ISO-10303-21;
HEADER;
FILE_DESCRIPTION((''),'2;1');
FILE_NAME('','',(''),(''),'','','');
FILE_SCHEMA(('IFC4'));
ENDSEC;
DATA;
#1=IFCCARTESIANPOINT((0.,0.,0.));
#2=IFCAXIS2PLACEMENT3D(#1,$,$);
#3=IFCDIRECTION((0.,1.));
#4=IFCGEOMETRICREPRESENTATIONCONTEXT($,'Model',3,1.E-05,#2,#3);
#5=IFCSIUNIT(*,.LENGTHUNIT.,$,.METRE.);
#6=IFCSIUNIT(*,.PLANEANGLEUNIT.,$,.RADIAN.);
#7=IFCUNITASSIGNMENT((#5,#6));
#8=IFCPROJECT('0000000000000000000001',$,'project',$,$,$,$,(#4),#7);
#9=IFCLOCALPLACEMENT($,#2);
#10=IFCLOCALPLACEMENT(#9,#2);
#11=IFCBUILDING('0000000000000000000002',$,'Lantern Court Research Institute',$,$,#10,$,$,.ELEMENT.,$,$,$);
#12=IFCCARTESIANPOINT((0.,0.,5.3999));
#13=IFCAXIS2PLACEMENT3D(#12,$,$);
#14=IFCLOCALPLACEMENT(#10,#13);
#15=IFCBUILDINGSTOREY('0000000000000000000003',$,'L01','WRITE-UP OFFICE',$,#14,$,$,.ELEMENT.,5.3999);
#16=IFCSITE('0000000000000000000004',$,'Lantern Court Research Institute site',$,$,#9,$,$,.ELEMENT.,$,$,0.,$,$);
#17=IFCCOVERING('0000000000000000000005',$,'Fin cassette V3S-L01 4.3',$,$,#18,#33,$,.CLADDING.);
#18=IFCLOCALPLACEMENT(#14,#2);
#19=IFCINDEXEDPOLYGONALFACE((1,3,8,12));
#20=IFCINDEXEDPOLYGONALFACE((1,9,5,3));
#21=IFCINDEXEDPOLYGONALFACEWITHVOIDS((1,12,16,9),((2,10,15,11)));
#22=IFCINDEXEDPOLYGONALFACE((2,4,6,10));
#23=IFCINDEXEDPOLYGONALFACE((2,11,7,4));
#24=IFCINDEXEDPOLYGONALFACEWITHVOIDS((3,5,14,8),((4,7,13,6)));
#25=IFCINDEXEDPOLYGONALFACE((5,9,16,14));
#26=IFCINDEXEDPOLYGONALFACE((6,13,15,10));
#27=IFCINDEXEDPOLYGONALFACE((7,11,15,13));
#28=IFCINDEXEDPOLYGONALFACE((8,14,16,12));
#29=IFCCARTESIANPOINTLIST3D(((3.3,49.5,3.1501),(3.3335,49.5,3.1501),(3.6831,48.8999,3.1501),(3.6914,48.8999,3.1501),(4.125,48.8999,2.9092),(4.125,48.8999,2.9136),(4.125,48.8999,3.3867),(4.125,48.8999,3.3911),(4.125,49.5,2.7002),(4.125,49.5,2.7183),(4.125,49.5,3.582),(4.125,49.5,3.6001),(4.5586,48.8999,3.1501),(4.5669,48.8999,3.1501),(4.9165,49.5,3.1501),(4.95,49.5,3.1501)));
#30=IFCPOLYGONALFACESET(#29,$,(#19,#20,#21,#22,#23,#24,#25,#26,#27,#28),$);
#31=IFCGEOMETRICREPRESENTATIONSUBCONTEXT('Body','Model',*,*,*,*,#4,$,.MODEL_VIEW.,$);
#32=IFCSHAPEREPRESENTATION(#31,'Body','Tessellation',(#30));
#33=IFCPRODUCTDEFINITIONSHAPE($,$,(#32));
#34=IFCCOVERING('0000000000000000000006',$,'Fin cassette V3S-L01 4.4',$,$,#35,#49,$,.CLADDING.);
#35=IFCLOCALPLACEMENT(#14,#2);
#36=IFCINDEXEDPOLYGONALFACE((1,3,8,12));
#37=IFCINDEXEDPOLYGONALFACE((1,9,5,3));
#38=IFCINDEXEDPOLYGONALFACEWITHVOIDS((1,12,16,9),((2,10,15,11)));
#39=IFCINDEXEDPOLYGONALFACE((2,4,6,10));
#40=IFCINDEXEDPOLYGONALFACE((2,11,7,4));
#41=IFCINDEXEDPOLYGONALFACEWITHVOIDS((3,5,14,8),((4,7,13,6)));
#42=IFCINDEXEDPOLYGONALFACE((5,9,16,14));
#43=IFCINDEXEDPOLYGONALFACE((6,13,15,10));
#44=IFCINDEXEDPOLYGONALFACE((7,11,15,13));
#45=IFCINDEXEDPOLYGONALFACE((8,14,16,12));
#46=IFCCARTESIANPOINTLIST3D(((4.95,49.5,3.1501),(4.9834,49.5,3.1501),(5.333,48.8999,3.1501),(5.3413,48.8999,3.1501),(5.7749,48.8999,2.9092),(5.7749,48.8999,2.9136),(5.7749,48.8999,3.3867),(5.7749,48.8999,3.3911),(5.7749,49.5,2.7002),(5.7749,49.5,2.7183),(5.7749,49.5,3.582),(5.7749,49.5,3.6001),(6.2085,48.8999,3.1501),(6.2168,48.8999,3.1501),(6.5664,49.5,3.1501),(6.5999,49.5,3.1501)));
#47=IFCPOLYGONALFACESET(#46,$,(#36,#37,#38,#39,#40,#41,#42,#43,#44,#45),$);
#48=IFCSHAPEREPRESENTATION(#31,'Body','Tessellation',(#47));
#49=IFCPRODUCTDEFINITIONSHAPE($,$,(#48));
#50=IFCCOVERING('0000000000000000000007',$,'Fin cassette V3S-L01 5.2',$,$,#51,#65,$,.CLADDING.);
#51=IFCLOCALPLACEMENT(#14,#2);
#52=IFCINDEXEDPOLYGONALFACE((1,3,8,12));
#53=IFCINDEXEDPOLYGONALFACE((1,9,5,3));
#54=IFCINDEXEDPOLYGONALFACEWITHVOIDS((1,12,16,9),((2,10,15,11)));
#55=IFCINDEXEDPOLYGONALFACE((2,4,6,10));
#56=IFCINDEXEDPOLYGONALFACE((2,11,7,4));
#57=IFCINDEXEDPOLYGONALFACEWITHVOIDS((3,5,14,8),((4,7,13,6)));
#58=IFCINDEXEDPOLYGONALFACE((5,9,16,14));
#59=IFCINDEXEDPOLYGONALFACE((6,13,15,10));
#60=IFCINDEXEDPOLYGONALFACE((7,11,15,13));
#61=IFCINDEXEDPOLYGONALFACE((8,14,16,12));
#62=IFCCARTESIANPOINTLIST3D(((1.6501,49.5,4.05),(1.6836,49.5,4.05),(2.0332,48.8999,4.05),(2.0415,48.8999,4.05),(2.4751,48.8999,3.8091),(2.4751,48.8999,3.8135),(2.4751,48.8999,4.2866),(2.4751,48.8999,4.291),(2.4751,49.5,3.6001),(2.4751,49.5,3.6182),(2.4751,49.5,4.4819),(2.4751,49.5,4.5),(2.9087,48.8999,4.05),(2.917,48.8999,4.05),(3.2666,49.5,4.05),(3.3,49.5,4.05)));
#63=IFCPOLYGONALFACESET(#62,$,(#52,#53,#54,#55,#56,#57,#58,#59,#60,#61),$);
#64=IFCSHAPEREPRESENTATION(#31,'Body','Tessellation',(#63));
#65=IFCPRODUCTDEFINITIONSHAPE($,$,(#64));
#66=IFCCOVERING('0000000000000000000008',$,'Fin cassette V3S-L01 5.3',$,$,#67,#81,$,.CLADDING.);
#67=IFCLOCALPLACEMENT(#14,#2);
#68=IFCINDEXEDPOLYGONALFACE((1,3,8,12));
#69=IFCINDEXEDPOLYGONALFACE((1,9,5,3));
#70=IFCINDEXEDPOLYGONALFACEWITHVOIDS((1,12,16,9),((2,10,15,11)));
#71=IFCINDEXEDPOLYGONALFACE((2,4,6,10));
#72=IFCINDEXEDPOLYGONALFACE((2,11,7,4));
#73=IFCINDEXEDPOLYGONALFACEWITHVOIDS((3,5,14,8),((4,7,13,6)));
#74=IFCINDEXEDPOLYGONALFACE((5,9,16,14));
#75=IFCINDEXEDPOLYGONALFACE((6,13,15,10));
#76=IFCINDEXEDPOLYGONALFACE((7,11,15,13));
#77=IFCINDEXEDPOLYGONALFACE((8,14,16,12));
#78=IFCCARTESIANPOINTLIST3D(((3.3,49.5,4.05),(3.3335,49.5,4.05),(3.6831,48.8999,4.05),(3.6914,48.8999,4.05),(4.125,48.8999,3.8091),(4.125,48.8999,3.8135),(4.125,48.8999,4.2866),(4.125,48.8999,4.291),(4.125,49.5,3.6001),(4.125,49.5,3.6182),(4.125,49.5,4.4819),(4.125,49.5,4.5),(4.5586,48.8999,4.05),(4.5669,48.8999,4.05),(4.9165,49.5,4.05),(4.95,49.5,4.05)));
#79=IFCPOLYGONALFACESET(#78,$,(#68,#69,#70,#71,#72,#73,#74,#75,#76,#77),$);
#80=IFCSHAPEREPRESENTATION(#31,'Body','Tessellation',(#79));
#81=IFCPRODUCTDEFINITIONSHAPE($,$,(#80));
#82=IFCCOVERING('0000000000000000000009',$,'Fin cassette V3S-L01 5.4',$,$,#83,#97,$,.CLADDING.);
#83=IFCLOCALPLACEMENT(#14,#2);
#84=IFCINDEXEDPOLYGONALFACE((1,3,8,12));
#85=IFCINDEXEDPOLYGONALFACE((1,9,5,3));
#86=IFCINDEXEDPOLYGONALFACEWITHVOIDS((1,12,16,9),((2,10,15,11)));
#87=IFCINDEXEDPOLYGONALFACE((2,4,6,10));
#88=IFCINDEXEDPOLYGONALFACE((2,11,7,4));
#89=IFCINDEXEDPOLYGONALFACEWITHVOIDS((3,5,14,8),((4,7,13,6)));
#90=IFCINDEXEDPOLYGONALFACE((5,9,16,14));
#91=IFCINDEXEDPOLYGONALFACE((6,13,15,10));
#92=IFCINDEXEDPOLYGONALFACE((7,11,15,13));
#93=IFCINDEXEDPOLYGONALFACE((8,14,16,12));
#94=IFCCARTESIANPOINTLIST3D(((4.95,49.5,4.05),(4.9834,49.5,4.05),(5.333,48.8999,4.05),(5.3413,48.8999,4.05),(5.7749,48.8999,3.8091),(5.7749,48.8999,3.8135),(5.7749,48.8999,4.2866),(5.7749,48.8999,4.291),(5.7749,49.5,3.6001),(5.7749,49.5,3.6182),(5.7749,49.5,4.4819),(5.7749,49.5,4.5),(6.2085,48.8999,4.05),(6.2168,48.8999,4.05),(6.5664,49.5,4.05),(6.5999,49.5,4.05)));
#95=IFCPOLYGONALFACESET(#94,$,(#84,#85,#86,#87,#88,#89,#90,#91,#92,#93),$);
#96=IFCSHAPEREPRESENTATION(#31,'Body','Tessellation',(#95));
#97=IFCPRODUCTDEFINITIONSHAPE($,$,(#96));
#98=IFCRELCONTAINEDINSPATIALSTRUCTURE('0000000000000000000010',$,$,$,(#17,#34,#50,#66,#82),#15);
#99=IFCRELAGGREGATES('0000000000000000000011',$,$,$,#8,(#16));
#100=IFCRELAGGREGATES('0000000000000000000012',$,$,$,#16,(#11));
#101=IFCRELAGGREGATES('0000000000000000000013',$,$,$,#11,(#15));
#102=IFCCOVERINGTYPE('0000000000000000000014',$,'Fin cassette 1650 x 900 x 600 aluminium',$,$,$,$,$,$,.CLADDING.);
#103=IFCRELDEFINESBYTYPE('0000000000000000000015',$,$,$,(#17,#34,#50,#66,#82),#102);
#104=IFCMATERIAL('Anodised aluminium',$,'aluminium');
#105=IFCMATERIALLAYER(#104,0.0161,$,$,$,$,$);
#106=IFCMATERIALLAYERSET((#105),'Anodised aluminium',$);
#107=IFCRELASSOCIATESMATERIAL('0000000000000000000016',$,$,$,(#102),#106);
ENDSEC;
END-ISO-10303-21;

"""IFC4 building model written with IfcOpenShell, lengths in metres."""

from ifc_helpers import new_model, entity, si_unit, direction, frame, origin, place, context, subcontext, project, spatial, material, layer, layer_set, type_object, element, save


model = new_model("IFC4")

# Units and contexts
model_context = context("Model", 3, precision=1e-05, world=origin(), true_north=direction((0.0, 1.0)))
body_context = subcontext(model_context, "Body", "Model", "MODEL_VIEW")
ifc_project = project(units=[si_unit("LENGTHUNIT", "METRE"), si_unit("PLANEANGLEUNIT", "RADIAN")], contexts=[model_context])

# Site, building, storey
site_placement = place(None, origin())
site = spatial("IfcSite", under=ifc_project, at=site_placement, Name="Lantern Court Research Institute site", CompositionType="ELEMENT", RefElevation=0.0)
building_placement = place(site_placement, origin())
building = spatial("IfcBuilding", under=site, at=building_placement, Name="Lantern Court Research Institute", CompositionType="ELEMENT")
storey_placement = place(building_placement, frame((0.0, 0.0, 5.3999)))
storey = spatial("IfcBuildingStorey", under=building, at=storey_placement, Name="L01", Description="WRITE-UP OFFICE", CompositionType="ELEMENT", Elevation=5.3999)

# Coverings
ifc_material_1 = material(Name="Anodised aluminium", Category="aluminium")
ifc_layer_1 = layer(ifc_material_1, 0.0161)
ifc_layer_set_1 = layer_set([ifc_layer_1], Name="Anodised aluminium")
covering_type = type_object("IfcCoveringType", Name="Fin cassette 1650 x 900 x 600 aluminium", PredefinedType="CLADDING", material=ifc_layer_set_1)
covering_1_placement = place(storey_placement, frame((4.125, 49.5, 3.1501), z_axis=(0.0, -1.0, 0.0), x_axis=(1.0, 0.0, 0.0)))
cartesian_point_1 = entity("IfcCartesianPoint", [0.825, 0.0])
cartesian_point_2 = entity("IfcCartesianPoint", [0.7915, 0.0])
cartesian_point_3 = entity("IfcCartesianPoint", [0.4419, 0.0])
cartesian_point_4 = entity("IfcCartesianPoint", [0.4336, 0.0])
element("IfcCovering", 1, at=covering_1_placement, inside=storey, type_object=covering_type, Name="Fin cassette V3S-L01 4.3", PredefinedType="CLADDING", context=body_context, shape_type="SweptSolid", body=[
    entity("IfcExtrudedAreaSolidTapered", entity("IfcArbitraryProfileDefWithVoids", "AREA", None, entity("IfcPolyline", [cartesian_point_1, entity("IfcCartesianPoint", [0.0, 0.45]), entity("IfcCartesianPoint", [-0.825, 0.0]), entity("IfcCartesianPoint", [0.0, -0.45]), cartesian_point_1]), [entity("IfcPolyline", [cartesian_point_2, entity("IfcCartesianPoint", [0.0, 0.4319]), entity("IfcCartesianPoint", [-0.7915, 0.0]), entity("IfcCartesianPoint", [0.0, -0.4319]), cartesian_point_2])]), entity("IfcAxis2Placement3D", entity("IfcCartesianPoint", [0.0, 0.0, 0.0])), entity("IfcDirection", [0.0, 0.0, 1.0]), 0.6001, entity("IfcArbitraryProfileDefWithVoids", "AREA", None, entity("IfcPolyline", [cartesian_point_3, entity("IfcCartesianPoint", [0.0, 0.241]), entity("IfcCartesianPoint", [-0.4419, 0.0]), entity("IfcCartesianPoint", [0.0, -0.241]), cartesian_point_3]), [entity("IfcPolyline", [cartesian_point_4, entity("IfcCartesianPoint", [0.0, 0.2366]), entity("IfcCartesianPoint", [-0.4336, 0.0]), entity("IfcCartesianPoint", [0.0, -0.2366]), cartesian_point_4])])),
])
covering_2_placement = place(storey_placement, frame((5.7749, 49.5, 3.1501), z_axis=(0.0, -1.0, 0.0), x_axis=(1.0, 0.0, 0.0)))
cartesian_point_5 = entity("IfcCartesianPoint", [0.825, 0.0])
cartesian_point_6 = entity("IfcCartesianPoint", [0.7915, 0.0])
cartesian_point_7 = entity("IfcCartesianPoint", [0.4419, 0.0])
cartesian_point_8 = entity("IfcCartesianPoint", [0.4336, 0.0])
element("IfcCovering", 2, at=covering_2_placement, inside=storey, type_object=covering_type, Name="Fin cassette V3S-L01 4.4", PredefinedType="CLADDING", context=body_context, shape_type="SweptSolid", body=[
    entity("IfcExtrudedAreaSolidTapered", entity("IfcArbitraryProfileDefWithVoids", "AREA", None, entity("IfcPolyline", [cartesian_point_5, entity("IfcCartesianPoint", [0.0, 0.45]), entity("IfcCartesianPoint", [-0.825, 0.0]), entity("IfcCartesianPoint", [0.0, -0.45]), cartesian_point_5]), [entity("IfcPolyline", [cartesian_point_6, entity("IfcCartesianPoint", [0.0, 0.4319]), entity("IfcCartesianPoint", [-0.7915, 0.0]), entity("IfcCartesianPoint", [0.0, -0.4319]), cartesian_point_6])]), entity("IfcAxis2Placement3D", entity("IfcCartesianPoint", [0.0, 0.0, 0.0])), entity("IfcDirection", [0.0, 0.0, 1.0]), 0.6001, entity("IfcArbitraryProfileDefWithVoids", "AREA", None, entity("IfcPolyline", [cartesian_point_7, entity("IfcCartesianPoint", [0.0, 0.241]), entity("IfcCartesianPoint", [-0.4419, 0.0]), entity("IfcCartesianPoint", [0.0, -0.241]), cartesian_point_7]), [entity("IfcPolyline", [cartesian_point_8, entity("IfcCartesianPoint", [0.0, 0.2366]), entity("IfcCartesianPoint", [-0.4336, 0.0]), entity("IfcCartesianPoint", [0.0, -0.2366]), cartesian_point_8])])),
])
covering_3_placement = place(storey_placement, frame((2.4751, 49.5, 4.05), z_axis=(0.0, -1.0, 0.0), x_axis=(1.0, 0.0, 0.0)))
cartesian_point_9 = entity("IfcCartesianPoint", [0.825, 0.0])
cartesian_point_10 = entity("IfcCartesianPoint", [0.7915, 0.0])
cartesian_point_11 = entity("IfcCartesianPoint", [0.4419, 0.0])
cartesian_point_12 = entity("IfcCartesianPoint", [0.4336, 0.0])
element("IfcCovering", 3, at=covering_3_placement, inside=storey, type_object=covering_type, Name="Fin cassette V3S-L01 5.2", PredefinedType="CLADDING", context=body_context, shape_type="SweptSolid", body=[
    entity("IfcExtrudedAreaSolidTapered", entity("IfcArbitraryProfileDefWithVoids", "AREA", None, entity("IfcPolyline", [cartesian_point_9, entity("IfcCartesianPoint", [0.0, 0.45]), entity("IfcCartesianPoint", [-0.825, 0.0]), entity("IfcCartesianPoint", [0.0, -0.45]), cartesian_point_9]), [entity("IfcPolyline", [cartesian_point_10, entity("IfcCartesianPoint", [0.0, 0.4319]), entity("IfcCartesianPoint", [-0.7915, 0.0]), entity("IfcCartesianPoint", [0.0, -0.4319]), cartesian_point_10])]), entity("IfcAxis2Placement3D", entity("IfcCartesianPoint", [0.0, 0.0, 0.0])), entity("IfcDirection", [0.0, 0.0, 1.0]), 0.6001, entity("IfcArbitraryProfileDefWithVoids", "AREA", None, entity("IfcPolyline", [cartesian_point_11, entity("IfcCartesianPoint", [0.0, 0.241]), entity("IfcCartesianPoint", [-0.4419, 0.0]), entity("IfcCartesianPoint", [0.0, -0.241]), cartesian_point_11]), [entity("IfcPolyline", [cartesian_point_12, entity("IfcCartesianPoint", [0.0, 0.2366]), entity("IfcCartesianPoint", [-0.4336, 0.0]), entity("IfcCartesianPoint", [0.0, -0.2366]), cartesian_point_12])])),
])
covering_4_placement = place(storey_placement, frame((4.125, 49.5, 4.05), z_axis=(0.0, -1.0, 0.0), x_axis=(1.0, 0.0, 0.0)))
cartesian_point_13 = entity("IfcCartesianPoint", [0.825, 0.0])
cartesian_point_14 = entity("IfcCartesianPoint", [0.7915, 0.0])
cartesian_point_15 = entity("IfcCartesianPoint", [0.4419, 0.0])
cartesian_point_16 = entity("IfcCartesianPoint", [0.4336, 0.0])
element("IfcCovering", 4, at=covering_4_placement, inside=storey, type_object=covering_type, Name="Fin cassette V3S-L01 5.3", PredefinedType="CLADDING", context=body_context, shape_type="SweptSolid", body=[
    entity("IfcExtrudedAreaSolidTapered", entity("IfcArbitraryProfileDefWithVoids", "AREA", None, entity("IfcPolyline", [cartesian_point_13, entity("IfcCartesianPoint", [0.0, 0.45]), entity("IfcCartesianPoint", [-0.825, 0.0]), entity("IfcCartesianPoint", [0.0, -0.45]), cartesian_point_13]), [entity("IfcPolyline", [cartesian_point_14, entity("IfcCartesianPoint", [0.0, 0.4319]), entity("IfcCartesianPoint", [-0.7915, 0.0]), entity("IfcCartesianPoint", [0.0, -0.4319]), cartesian_point_14])]), entity("IfcAxis2Placement3D", entity("IfcCartesianPoint", [0.0, 0.0, 0.0])), entity("IfcDirection", [0.0, 0.0, 1.0]), 0.6001, entity("IfcArbitraryProfileDefWithVoids", "AREA", None, entity("IfcPolyline", [cartesian_point_15, entity("IfcCartesianPoint", [0.0, 0.241]), entity("IfcCartesianPoint", [-0.4419, 0.0]), entity("IfcCartesianPoint", [0.0, -0.241]), cartesian_point_15]), [entity("IfcPolyline", [cartesian_point_16, entity("IfcCartesianPoint", [0.0, 0.2366]), entity("IfcCartesianPoint", [-0.4336, 0.0]), entity("IfcCartesianPoint", [0.0, -0.2366]), cartesian_point_16])])),
])
covering_5_placement = place(storey_placement, frame((5.7749, 49.5, 4.05), z_axis=(0.0, -1.0, 0.0), x_axis=(1.0, 0.0, 0.0)))
cartesian_point_17 = entity("IfcCartesianPoint", [0.825, 0.0])
cartesian_point_18 = entity("IfcCartesianPoint", [0.7915, 0.0])
cartesian_point_19 = entity("IfcCartesianPoint", [0.4419, 0.0])
cartesian_point_20 = entity("IfcCartesianPoint", [0.4336, 0.0])
element("IfcCovering", 5, at=covering_5_placement, inside=storey, type_object=covering_type, Name="Fin cassette V3S-L01 5.4", PredefinedType="CLADDING", context=body_context, shape_type="SweptSolid", body=[
    entity("IfcExtrudedAreaSolidTapered", entity("IfcArbitraryProfileDefWithVoids", "AREA", None, entity("IfcPolyline", [cartesian_point_17, entity("IfcCartesianPoint", [0.0, 0.45]), entity("IfcCartesianPoint", [-0.825, 0.0]), entity("IfcCartesianPoint", [0.0, -0.45]), cartesian_point_17]), [entity("IfcPolyline", [cartesian_point_18, entity("IfcCartesianPoint", [0.0, 0.4319]), entity("IfcCartesianPoint", [-0.7915, 0.0]), entity("IfcCartesianPoint", [0.0, -0.4319]), cartesian_point_18])]), entity("IfcAxis2Placement3D", entity("IfcCartesianPoint", [0.0, 0.0, 0.0])), entity("IfcDirection", [0.0, 0.0, 1.0]), 0.6001, entity("IfcArbitraryProfileDefWithVoids", "AREA", None, entity("IfcPolyline", [cartesian_point_19, entity("IfcCartesianPoint", [0.0, 0.241]), entity("IfcCartesianPoint", [-0.4419, 0.0]), entity("IfcCartesianPoint", [0.0, -0.241]), cartesian_point_19]), [entity("IfcPolyline", [cartesian_point_20, entity("IfcCartesianPoint", [0.0, 0.2366]), entity("IfcCartesianPoint", [-0.4336, 0.0]), entity("IfcCartesianPoint", [0.0, -0.2366]), cartesian_point_20])])),
])

save(model, "model.ifc")
